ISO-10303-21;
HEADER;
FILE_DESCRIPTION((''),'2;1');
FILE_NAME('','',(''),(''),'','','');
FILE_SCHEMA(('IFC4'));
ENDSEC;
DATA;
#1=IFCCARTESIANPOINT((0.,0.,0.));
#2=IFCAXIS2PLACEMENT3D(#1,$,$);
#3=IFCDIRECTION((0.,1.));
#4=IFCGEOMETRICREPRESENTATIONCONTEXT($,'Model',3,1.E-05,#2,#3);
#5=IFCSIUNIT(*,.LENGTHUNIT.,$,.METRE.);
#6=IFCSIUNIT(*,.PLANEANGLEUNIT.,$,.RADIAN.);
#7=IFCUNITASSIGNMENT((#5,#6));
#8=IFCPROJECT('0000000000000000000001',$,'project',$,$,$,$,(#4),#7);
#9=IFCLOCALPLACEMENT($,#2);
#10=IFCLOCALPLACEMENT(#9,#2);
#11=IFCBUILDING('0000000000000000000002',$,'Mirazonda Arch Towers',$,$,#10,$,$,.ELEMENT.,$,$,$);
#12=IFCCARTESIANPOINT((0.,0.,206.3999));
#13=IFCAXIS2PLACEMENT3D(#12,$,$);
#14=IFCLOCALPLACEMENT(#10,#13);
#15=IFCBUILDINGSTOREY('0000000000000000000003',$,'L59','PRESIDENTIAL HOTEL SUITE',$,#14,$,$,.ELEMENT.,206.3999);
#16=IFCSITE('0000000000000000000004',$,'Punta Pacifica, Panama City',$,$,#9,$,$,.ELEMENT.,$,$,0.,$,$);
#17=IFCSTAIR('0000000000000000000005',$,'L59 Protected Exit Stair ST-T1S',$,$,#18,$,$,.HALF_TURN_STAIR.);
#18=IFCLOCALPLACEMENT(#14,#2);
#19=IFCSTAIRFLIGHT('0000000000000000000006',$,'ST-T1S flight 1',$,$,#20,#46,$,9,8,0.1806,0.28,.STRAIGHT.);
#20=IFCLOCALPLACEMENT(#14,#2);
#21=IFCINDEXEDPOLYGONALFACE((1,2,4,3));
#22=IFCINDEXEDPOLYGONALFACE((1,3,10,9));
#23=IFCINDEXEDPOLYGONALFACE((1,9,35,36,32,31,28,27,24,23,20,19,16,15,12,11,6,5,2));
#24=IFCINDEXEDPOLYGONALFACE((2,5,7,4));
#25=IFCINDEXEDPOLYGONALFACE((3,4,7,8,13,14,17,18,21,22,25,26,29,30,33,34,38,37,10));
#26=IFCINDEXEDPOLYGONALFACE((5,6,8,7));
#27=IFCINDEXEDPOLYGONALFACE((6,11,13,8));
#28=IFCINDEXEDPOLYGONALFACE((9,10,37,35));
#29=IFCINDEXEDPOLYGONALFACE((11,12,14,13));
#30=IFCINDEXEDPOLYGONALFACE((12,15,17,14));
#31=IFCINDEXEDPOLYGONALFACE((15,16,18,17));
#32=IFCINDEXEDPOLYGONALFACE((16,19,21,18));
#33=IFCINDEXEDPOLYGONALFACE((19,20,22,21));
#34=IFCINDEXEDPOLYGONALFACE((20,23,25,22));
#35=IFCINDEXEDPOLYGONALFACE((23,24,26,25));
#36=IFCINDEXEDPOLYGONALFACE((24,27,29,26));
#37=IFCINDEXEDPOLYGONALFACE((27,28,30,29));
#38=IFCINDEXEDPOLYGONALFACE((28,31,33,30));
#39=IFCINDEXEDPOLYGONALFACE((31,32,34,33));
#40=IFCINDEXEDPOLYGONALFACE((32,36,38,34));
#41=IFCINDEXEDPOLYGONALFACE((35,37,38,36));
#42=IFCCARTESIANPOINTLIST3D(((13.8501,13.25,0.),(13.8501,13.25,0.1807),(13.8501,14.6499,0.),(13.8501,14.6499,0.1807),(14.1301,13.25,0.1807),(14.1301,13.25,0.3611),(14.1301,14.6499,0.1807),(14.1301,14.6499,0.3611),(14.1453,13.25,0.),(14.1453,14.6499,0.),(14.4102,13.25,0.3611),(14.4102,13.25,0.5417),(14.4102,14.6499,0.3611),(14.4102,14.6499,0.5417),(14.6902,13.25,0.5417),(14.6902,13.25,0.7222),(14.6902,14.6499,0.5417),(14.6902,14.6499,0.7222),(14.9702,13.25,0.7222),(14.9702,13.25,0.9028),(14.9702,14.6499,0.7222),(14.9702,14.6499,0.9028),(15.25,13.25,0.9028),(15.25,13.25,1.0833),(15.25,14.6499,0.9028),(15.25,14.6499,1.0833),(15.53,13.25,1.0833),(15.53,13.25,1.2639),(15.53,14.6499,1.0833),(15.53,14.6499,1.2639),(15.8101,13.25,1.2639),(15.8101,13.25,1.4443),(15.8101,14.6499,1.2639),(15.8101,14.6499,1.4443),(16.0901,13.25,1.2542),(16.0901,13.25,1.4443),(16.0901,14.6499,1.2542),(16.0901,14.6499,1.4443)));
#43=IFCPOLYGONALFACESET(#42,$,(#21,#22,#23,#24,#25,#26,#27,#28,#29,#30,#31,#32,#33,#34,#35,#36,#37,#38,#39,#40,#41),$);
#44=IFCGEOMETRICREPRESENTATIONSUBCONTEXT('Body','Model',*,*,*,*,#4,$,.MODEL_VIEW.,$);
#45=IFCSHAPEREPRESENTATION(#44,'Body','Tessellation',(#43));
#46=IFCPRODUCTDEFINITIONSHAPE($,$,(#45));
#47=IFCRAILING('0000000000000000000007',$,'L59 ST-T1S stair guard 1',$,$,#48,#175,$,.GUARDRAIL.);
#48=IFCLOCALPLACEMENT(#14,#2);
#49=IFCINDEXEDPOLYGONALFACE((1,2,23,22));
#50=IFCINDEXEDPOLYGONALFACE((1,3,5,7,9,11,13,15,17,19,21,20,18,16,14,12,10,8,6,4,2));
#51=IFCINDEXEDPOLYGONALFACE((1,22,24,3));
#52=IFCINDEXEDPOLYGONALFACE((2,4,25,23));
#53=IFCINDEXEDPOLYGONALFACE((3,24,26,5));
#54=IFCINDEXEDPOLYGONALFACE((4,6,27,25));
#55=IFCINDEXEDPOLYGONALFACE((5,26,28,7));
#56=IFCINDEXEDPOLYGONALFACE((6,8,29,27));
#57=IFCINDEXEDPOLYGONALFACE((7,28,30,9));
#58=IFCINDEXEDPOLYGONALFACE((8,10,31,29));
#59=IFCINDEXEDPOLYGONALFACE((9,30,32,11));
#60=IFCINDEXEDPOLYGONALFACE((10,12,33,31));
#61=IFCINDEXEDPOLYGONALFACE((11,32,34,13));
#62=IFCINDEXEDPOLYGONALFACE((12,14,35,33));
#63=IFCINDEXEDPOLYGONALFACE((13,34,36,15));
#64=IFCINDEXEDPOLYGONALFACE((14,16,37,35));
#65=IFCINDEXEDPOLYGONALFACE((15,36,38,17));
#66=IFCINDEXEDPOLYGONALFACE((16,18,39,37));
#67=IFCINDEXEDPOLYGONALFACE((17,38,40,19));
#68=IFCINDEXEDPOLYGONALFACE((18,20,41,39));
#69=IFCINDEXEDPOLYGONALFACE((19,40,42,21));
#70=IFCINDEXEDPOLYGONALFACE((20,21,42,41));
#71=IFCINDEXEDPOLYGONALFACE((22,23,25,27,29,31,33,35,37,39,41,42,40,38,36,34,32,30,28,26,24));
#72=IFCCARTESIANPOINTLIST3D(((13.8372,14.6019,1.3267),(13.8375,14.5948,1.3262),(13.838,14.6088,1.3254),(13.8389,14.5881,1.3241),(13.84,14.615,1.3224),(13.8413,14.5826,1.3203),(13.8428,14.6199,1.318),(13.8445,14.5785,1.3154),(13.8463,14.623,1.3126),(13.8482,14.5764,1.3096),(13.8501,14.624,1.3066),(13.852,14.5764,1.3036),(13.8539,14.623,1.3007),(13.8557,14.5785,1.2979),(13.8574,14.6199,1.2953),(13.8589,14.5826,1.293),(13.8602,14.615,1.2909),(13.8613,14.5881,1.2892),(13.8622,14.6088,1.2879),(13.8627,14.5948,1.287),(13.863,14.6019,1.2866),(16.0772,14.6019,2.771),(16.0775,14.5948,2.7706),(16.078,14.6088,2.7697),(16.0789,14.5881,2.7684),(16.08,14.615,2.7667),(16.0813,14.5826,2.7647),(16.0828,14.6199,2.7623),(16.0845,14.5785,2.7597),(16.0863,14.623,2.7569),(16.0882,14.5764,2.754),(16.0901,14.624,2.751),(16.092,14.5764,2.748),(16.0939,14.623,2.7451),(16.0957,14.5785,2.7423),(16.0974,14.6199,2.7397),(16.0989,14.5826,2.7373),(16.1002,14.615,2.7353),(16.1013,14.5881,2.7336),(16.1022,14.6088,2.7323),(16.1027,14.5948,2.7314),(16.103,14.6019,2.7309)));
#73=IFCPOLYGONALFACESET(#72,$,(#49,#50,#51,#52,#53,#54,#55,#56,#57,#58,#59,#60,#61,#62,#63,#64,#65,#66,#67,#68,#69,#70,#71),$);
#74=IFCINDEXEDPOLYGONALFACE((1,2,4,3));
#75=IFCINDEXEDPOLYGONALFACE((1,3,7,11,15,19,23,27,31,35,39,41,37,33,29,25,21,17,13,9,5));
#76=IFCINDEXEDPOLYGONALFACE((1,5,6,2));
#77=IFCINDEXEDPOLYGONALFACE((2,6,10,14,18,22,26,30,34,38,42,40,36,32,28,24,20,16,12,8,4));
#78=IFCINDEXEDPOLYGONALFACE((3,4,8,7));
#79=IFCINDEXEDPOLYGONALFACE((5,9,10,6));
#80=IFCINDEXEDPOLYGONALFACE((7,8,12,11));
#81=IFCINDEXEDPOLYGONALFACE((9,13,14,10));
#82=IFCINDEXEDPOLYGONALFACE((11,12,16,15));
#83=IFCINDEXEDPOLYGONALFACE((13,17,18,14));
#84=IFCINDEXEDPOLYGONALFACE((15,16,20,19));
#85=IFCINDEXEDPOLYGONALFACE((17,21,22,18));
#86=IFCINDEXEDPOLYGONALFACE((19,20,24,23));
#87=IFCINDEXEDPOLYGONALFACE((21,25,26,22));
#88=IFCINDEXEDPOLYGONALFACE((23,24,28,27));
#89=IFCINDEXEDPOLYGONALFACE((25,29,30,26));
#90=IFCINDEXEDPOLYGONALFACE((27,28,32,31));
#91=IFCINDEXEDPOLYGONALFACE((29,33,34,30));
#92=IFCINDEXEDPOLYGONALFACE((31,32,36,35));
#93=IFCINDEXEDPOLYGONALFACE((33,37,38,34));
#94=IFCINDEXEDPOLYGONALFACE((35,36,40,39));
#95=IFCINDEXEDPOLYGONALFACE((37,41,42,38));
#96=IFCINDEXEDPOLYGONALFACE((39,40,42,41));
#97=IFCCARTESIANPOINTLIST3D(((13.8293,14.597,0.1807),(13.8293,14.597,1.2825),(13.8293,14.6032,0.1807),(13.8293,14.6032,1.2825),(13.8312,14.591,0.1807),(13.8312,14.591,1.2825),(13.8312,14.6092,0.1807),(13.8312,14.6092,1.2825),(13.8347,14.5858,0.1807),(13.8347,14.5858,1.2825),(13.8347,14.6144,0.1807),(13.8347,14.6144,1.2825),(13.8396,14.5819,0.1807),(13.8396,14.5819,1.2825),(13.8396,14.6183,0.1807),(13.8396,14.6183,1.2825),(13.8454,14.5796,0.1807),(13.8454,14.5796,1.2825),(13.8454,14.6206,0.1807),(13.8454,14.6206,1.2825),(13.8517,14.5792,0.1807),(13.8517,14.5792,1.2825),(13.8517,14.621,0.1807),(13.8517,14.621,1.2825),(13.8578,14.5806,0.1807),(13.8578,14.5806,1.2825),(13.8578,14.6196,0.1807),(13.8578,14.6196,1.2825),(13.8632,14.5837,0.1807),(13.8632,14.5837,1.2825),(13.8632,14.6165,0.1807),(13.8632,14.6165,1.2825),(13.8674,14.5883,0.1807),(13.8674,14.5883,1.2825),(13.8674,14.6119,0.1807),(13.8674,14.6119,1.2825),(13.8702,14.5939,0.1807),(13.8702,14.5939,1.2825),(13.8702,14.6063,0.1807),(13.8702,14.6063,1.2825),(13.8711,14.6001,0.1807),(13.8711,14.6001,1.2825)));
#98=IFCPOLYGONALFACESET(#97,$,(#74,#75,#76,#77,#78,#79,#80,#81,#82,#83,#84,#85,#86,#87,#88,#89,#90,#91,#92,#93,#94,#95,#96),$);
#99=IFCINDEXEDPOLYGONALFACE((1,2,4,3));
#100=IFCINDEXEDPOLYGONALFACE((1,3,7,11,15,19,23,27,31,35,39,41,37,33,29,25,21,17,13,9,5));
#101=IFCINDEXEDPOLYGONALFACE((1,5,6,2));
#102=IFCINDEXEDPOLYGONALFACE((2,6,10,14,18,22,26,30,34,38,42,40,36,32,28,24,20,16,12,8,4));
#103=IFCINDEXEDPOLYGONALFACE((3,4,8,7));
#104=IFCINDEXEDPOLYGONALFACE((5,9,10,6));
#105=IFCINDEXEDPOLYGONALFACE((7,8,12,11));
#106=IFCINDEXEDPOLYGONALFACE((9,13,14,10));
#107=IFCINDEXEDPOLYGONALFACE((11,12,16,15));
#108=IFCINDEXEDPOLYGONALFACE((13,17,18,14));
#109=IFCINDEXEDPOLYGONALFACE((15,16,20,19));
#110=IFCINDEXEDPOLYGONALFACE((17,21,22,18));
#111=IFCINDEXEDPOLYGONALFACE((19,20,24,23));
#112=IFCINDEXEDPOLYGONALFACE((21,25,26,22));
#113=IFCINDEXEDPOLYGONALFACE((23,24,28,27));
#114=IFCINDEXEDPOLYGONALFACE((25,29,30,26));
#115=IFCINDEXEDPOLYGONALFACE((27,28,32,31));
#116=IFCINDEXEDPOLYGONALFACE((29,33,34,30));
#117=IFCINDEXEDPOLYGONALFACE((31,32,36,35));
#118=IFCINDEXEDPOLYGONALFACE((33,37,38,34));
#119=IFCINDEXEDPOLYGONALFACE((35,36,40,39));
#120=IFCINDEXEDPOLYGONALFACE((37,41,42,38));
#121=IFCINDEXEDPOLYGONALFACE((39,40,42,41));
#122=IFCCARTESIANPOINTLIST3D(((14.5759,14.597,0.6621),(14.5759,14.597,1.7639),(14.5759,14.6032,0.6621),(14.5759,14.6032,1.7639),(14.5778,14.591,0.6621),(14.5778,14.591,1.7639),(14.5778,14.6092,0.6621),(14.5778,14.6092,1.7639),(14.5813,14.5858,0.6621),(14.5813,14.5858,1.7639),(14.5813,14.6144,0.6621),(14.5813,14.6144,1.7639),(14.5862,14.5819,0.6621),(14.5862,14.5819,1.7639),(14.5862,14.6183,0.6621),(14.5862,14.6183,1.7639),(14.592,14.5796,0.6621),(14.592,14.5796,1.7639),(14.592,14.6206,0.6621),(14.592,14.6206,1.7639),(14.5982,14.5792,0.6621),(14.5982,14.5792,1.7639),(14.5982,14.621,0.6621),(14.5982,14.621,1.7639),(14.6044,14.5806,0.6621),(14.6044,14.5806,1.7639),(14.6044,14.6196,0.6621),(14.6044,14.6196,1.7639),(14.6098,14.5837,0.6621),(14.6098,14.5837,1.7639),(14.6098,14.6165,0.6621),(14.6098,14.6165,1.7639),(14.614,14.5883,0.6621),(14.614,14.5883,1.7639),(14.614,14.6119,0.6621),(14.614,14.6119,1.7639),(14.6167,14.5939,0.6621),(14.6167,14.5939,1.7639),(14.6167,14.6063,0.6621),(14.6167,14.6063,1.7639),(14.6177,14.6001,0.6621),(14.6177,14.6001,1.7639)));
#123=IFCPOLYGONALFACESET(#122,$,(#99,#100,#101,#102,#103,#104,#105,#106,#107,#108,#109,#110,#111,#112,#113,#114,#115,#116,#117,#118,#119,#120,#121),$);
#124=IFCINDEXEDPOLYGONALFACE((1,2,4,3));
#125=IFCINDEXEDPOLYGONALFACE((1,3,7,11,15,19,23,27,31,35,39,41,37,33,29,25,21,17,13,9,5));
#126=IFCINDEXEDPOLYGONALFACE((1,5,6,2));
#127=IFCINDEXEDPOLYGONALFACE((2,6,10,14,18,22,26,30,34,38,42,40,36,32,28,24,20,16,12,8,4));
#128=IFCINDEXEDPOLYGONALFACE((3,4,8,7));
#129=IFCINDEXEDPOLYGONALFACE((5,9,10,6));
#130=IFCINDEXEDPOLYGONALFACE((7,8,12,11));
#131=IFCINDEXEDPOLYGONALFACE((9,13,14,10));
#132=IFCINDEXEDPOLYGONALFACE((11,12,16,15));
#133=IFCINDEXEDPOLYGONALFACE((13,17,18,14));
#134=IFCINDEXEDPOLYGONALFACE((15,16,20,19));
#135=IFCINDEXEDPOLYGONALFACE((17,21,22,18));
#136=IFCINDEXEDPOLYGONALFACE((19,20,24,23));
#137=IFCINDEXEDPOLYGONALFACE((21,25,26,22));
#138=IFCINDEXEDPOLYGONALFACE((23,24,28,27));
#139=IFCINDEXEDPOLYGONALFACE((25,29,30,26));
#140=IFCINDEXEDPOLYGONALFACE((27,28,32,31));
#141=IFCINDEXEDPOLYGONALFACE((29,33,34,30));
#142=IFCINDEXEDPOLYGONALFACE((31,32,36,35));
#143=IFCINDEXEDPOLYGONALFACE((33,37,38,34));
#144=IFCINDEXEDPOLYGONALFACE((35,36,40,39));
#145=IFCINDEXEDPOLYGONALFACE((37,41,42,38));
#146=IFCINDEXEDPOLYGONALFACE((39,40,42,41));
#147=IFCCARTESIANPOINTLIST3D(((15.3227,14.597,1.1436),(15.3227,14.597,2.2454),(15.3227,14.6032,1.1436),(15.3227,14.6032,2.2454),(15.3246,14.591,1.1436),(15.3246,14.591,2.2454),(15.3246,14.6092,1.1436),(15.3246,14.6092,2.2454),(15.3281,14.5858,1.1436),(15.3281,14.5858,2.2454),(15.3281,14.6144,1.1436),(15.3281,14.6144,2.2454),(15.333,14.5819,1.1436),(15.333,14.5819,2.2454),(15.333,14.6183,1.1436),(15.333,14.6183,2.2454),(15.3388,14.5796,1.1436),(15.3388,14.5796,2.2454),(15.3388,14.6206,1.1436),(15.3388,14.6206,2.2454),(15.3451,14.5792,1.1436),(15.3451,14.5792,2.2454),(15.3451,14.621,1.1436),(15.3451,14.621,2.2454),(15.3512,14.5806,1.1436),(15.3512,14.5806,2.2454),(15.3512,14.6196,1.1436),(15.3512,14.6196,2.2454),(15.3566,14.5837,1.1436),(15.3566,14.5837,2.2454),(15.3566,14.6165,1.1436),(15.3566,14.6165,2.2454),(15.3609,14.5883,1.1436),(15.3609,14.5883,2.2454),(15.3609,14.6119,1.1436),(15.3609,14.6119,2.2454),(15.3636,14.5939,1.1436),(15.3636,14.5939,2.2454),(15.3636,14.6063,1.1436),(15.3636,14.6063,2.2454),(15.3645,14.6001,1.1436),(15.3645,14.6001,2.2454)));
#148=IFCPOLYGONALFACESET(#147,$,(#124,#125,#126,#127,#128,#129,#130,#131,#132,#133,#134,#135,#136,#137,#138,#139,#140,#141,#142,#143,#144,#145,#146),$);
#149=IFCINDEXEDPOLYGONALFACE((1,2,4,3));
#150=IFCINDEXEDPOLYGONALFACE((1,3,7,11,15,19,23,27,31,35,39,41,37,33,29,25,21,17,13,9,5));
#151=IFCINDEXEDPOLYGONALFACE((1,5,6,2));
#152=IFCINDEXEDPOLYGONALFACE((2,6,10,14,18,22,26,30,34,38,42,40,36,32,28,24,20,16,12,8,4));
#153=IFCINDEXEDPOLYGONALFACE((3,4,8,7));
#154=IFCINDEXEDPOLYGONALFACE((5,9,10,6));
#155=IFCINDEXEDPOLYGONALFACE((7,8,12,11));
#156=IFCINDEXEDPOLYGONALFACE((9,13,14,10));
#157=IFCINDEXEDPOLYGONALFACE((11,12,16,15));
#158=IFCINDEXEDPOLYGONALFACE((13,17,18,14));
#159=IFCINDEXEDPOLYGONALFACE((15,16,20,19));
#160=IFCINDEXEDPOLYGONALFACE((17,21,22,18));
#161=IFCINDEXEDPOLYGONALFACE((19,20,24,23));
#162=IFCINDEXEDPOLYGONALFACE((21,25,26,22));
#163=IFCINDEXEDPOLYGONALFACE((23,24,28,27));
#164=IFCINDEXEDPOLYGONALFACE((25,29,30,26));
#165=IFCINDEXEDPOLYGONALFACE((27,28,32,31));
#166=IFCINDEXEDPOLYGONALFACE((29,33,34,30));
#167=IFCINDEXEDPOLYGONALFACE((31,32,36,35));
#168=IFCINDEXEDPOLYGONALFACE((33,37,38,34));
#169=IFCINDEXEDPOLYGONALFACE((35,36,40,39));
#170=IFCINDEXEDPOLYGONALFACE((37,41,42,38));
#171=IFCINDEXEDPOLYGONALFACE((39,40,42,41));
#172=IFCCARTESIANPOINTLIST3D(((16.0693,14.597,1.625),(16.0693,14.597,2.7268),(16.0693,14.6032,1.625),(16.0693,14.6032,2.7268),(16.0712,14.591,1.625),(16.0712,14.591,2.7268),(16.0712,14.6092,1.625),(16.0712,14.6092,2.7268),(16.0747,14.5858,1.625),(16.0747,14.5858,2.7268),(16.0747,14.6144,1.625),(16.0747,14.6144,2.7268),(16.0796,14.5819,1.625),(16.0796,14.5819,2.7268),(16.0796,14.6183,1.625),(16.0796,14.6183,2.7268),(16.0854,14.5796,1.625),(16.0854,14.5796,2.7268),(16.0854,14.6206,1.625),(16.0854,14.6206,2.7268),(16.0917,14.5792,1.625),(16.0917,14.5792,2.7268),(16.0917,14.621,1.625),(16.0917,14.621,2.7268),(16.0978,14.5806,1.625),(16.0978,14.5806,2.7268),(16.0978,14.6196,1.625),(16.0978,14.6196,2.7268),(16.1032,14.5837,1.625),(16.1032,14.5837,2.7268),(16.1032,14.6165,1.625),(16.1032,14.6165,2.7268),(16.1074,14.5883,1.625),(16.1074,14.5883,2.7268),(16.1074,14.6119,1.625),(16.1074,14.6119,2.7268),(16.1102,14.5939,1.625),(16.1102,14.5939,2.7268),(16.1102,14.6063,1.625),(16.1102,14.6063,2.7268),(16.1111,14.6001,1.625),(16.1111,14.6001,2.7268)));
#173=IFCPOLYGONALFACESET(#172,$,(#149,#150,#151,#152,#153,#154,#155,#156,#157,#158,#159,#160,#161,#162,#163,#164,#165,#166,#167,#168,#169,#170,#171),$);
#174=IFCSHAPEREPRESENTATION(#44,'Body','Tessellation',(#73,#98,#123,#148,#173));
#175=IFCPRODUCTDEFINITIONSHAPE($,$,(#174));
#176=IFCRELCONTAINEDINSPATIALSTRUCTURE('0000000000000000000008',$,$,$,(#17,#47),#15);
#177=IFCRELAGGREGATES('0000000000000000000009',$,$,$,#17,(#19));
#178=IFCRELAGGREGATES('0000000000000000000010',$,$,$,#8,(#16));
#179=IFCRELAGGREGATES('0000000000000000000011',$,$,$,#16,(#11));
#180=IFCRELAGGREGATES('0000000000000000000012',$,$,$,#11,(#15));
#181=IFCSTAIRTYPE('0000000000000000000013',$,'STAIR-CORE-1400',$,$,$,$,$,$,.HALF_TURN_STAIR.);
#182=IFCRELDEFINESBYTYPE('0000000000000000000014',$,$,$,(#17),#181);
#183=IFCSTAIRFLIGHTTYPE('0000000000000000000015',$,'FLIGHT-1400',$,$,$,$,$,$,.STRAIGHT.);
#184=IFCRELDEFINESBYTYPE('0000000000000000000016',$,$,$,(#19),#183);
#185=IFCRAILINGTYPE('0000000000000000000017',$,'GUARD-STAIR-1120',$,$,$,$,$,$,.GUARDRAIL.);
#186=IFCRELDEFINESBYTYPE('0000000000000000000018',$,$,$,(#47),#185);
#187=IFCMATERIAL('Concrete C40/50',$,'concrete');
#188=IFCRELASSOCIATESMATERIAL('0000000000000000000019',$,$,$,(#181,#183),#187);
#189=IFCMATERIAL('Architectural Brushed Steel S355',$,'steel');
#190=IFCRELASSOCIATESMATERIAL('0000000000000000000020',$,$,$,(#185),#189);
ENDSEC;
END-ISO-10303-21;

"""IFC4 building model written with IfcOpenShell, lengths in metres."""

from ifc_helpers import new_model, si_unit, direction, frame, origin, origin_2d, place, context, subcontext, project, spatial, polyline, circle, outline, extrude, material, type_object, element, aggregate, save


model = new_model("IFC4")

# Units and contexts
model_context = context("Model", 3, precision=1e-05, world=origin(), true_north=direction((0.0, 1.0)))
body_context = subcontext(model_context, "Body", "Model", "MODEL_VIEW")
ifc_project = project(units=[si_unit("LENGTHUNIT", "METRE"), si_unit("PLANEANGLEUNIT", "RADIAN")], contexts=[model_context])

# Site, building, storey
site_placement = place(None, origin())
site = spatial("IfcSite", under=ifc_project, at=site_placement, Name="Punta Pacifica, Panama City", CompositionType="ELEMENT", RefElevation=0.0)
building_placement = place(site_placement, origin())
building = spatial("IfcBuilding", under=site, at=building_placement, Name="Mirazonda Arch Towers", CompositionType="ELEMENT")
storey_placement = place(building_placement, frame((0.0, 0.0, 206.3999)))
storey = spatial("IfcBuildingStorey", under=building, at=storey_placement, Name="L59", Description="PRESIDENTIAL HOTEL SUITE", CompositionType="ELEMENT", Elevation=206.3999)

# Stair
ifc_material_1 = material(Name="Concrete C40/50", Category="concrete")
stair_type = type_object("IfcStairType", Name="STAIR-CORE-1400", PredefinedType="HALF_TURN_STAIR", material=ifc_material_1)
stair_1_placement = place(storey_placement, origin())
stair_1 = element("IfcStair", 1, at=stair_1_placement, inside=storey, type_object=stair_type, Name="L59 Protected Exit Stair ST-T1S", PredefinedType="HALF_TURN_STAIR")

# Shared definitions
ifc_material_2 = material(Name="Architectural Brushed Steel S355", Category="steel")

# Stair flight
stair_flight_type = type_object("IfcStairFlightType", Name="FLIGHT-1400", PredefinedType="STRAIGHT", material=ifc_material_1)
stair_flight_placement = place(storey_placement, frame((13.8501, 13.95, 0.0), z_axis=(0.0, 0.0, 1.0), x_axis=(1.0, 0.0, 0.0)))
stair_flight = element("IfcStairFlight", 2, at=stair_flight_placement, type_object=stair_flight_type, Name="ST-T1S flight 1", NumberOfRisers=9, NumberOfTreads=8, PredefinedType="STRAIGHT", RiserHeight=0.1806, TreadLength=0.28, context=body_context, shape_type="SweptSolid", body=[
    extrude(outline(polyline([(0.0, 0.0), (0.0, 0.1807), (0.28, 0.1807), (0.28, 0.3611), (0.5601, 0.3611), (0.5601, 0.5417), (0.8401, 0.5417), (0.8401, 0.7222), (1.1201, 0.7222), (1.1201, 0.9028), (1.3999, 0.9028), (1.3999, 1.0833), (1.6799, 1.0833), (1.6799, 1.2639), (1.96, 1.2639), (1.96, 1.4443), (2.24, 1.4443), (2.24, 1.625), (2.24, 1.2542), (0.2952, 0.0), (0.0, 0.0)])), frame((0.0, 0.7, 0.0), z_axis=(0.0, -1.0, 0.0), x_axis=(1.0, 0.0, 0.0)), (0.0, 0.0, 1.0), 1.3999),
])
aggregate(stair_1, [stair_flight])

# Railing
railing_type_1 = type_object("IfcRailingType", Name="GUARD-STAIR-1120", PredefinedType="GUARDRAIL", material=ifc_material_2)
railing_1_placement = place(storey_placement, frame((13.8501, 14.6001, 0.1807)))
element("IfcRailing", 3, at=railing_1_placement, inside=storey, type_object=railing_type_1, Name="L59 ST-T1S stair guard 1", PredefinedType="GUARDRAIL", context=body_context, shape_type="SweptSolid", body=[
    extrude(circle(Radius=0.0239, at=origin_2d()), frame((0.0, 0.0, 1.126), z_axis=(0.840437, 0.0, 0.54191), x_axis=(0.0, 1.0, 0.0)), (0.0, 0.0, 1.0), 2.6653),
    extrude(circle(Radius=0.021, at=origin_2d()), origin(), (0.0, 0.0, 1.0), 1.1018),
    extrude(circle(Radius=0.021, at=origin_2d()), frame((0.7466, 0.0, 0.4814)), (0.0, 0.0, 1.0), 1.1018),
    extrude(circle(Radius=0.021, at=origin_2d()), frame((1.4934, 0.0, 0.9629)), (0.0, 0.0, 1.0), 1.1018),
    extrude(circle(Radius=0.021, at=origin_2d()), frame((2.24, 0.0, 1.4443)), (0.0, 0.0, 1.0), 1.1018),
])

save(model, "model.ifc")
